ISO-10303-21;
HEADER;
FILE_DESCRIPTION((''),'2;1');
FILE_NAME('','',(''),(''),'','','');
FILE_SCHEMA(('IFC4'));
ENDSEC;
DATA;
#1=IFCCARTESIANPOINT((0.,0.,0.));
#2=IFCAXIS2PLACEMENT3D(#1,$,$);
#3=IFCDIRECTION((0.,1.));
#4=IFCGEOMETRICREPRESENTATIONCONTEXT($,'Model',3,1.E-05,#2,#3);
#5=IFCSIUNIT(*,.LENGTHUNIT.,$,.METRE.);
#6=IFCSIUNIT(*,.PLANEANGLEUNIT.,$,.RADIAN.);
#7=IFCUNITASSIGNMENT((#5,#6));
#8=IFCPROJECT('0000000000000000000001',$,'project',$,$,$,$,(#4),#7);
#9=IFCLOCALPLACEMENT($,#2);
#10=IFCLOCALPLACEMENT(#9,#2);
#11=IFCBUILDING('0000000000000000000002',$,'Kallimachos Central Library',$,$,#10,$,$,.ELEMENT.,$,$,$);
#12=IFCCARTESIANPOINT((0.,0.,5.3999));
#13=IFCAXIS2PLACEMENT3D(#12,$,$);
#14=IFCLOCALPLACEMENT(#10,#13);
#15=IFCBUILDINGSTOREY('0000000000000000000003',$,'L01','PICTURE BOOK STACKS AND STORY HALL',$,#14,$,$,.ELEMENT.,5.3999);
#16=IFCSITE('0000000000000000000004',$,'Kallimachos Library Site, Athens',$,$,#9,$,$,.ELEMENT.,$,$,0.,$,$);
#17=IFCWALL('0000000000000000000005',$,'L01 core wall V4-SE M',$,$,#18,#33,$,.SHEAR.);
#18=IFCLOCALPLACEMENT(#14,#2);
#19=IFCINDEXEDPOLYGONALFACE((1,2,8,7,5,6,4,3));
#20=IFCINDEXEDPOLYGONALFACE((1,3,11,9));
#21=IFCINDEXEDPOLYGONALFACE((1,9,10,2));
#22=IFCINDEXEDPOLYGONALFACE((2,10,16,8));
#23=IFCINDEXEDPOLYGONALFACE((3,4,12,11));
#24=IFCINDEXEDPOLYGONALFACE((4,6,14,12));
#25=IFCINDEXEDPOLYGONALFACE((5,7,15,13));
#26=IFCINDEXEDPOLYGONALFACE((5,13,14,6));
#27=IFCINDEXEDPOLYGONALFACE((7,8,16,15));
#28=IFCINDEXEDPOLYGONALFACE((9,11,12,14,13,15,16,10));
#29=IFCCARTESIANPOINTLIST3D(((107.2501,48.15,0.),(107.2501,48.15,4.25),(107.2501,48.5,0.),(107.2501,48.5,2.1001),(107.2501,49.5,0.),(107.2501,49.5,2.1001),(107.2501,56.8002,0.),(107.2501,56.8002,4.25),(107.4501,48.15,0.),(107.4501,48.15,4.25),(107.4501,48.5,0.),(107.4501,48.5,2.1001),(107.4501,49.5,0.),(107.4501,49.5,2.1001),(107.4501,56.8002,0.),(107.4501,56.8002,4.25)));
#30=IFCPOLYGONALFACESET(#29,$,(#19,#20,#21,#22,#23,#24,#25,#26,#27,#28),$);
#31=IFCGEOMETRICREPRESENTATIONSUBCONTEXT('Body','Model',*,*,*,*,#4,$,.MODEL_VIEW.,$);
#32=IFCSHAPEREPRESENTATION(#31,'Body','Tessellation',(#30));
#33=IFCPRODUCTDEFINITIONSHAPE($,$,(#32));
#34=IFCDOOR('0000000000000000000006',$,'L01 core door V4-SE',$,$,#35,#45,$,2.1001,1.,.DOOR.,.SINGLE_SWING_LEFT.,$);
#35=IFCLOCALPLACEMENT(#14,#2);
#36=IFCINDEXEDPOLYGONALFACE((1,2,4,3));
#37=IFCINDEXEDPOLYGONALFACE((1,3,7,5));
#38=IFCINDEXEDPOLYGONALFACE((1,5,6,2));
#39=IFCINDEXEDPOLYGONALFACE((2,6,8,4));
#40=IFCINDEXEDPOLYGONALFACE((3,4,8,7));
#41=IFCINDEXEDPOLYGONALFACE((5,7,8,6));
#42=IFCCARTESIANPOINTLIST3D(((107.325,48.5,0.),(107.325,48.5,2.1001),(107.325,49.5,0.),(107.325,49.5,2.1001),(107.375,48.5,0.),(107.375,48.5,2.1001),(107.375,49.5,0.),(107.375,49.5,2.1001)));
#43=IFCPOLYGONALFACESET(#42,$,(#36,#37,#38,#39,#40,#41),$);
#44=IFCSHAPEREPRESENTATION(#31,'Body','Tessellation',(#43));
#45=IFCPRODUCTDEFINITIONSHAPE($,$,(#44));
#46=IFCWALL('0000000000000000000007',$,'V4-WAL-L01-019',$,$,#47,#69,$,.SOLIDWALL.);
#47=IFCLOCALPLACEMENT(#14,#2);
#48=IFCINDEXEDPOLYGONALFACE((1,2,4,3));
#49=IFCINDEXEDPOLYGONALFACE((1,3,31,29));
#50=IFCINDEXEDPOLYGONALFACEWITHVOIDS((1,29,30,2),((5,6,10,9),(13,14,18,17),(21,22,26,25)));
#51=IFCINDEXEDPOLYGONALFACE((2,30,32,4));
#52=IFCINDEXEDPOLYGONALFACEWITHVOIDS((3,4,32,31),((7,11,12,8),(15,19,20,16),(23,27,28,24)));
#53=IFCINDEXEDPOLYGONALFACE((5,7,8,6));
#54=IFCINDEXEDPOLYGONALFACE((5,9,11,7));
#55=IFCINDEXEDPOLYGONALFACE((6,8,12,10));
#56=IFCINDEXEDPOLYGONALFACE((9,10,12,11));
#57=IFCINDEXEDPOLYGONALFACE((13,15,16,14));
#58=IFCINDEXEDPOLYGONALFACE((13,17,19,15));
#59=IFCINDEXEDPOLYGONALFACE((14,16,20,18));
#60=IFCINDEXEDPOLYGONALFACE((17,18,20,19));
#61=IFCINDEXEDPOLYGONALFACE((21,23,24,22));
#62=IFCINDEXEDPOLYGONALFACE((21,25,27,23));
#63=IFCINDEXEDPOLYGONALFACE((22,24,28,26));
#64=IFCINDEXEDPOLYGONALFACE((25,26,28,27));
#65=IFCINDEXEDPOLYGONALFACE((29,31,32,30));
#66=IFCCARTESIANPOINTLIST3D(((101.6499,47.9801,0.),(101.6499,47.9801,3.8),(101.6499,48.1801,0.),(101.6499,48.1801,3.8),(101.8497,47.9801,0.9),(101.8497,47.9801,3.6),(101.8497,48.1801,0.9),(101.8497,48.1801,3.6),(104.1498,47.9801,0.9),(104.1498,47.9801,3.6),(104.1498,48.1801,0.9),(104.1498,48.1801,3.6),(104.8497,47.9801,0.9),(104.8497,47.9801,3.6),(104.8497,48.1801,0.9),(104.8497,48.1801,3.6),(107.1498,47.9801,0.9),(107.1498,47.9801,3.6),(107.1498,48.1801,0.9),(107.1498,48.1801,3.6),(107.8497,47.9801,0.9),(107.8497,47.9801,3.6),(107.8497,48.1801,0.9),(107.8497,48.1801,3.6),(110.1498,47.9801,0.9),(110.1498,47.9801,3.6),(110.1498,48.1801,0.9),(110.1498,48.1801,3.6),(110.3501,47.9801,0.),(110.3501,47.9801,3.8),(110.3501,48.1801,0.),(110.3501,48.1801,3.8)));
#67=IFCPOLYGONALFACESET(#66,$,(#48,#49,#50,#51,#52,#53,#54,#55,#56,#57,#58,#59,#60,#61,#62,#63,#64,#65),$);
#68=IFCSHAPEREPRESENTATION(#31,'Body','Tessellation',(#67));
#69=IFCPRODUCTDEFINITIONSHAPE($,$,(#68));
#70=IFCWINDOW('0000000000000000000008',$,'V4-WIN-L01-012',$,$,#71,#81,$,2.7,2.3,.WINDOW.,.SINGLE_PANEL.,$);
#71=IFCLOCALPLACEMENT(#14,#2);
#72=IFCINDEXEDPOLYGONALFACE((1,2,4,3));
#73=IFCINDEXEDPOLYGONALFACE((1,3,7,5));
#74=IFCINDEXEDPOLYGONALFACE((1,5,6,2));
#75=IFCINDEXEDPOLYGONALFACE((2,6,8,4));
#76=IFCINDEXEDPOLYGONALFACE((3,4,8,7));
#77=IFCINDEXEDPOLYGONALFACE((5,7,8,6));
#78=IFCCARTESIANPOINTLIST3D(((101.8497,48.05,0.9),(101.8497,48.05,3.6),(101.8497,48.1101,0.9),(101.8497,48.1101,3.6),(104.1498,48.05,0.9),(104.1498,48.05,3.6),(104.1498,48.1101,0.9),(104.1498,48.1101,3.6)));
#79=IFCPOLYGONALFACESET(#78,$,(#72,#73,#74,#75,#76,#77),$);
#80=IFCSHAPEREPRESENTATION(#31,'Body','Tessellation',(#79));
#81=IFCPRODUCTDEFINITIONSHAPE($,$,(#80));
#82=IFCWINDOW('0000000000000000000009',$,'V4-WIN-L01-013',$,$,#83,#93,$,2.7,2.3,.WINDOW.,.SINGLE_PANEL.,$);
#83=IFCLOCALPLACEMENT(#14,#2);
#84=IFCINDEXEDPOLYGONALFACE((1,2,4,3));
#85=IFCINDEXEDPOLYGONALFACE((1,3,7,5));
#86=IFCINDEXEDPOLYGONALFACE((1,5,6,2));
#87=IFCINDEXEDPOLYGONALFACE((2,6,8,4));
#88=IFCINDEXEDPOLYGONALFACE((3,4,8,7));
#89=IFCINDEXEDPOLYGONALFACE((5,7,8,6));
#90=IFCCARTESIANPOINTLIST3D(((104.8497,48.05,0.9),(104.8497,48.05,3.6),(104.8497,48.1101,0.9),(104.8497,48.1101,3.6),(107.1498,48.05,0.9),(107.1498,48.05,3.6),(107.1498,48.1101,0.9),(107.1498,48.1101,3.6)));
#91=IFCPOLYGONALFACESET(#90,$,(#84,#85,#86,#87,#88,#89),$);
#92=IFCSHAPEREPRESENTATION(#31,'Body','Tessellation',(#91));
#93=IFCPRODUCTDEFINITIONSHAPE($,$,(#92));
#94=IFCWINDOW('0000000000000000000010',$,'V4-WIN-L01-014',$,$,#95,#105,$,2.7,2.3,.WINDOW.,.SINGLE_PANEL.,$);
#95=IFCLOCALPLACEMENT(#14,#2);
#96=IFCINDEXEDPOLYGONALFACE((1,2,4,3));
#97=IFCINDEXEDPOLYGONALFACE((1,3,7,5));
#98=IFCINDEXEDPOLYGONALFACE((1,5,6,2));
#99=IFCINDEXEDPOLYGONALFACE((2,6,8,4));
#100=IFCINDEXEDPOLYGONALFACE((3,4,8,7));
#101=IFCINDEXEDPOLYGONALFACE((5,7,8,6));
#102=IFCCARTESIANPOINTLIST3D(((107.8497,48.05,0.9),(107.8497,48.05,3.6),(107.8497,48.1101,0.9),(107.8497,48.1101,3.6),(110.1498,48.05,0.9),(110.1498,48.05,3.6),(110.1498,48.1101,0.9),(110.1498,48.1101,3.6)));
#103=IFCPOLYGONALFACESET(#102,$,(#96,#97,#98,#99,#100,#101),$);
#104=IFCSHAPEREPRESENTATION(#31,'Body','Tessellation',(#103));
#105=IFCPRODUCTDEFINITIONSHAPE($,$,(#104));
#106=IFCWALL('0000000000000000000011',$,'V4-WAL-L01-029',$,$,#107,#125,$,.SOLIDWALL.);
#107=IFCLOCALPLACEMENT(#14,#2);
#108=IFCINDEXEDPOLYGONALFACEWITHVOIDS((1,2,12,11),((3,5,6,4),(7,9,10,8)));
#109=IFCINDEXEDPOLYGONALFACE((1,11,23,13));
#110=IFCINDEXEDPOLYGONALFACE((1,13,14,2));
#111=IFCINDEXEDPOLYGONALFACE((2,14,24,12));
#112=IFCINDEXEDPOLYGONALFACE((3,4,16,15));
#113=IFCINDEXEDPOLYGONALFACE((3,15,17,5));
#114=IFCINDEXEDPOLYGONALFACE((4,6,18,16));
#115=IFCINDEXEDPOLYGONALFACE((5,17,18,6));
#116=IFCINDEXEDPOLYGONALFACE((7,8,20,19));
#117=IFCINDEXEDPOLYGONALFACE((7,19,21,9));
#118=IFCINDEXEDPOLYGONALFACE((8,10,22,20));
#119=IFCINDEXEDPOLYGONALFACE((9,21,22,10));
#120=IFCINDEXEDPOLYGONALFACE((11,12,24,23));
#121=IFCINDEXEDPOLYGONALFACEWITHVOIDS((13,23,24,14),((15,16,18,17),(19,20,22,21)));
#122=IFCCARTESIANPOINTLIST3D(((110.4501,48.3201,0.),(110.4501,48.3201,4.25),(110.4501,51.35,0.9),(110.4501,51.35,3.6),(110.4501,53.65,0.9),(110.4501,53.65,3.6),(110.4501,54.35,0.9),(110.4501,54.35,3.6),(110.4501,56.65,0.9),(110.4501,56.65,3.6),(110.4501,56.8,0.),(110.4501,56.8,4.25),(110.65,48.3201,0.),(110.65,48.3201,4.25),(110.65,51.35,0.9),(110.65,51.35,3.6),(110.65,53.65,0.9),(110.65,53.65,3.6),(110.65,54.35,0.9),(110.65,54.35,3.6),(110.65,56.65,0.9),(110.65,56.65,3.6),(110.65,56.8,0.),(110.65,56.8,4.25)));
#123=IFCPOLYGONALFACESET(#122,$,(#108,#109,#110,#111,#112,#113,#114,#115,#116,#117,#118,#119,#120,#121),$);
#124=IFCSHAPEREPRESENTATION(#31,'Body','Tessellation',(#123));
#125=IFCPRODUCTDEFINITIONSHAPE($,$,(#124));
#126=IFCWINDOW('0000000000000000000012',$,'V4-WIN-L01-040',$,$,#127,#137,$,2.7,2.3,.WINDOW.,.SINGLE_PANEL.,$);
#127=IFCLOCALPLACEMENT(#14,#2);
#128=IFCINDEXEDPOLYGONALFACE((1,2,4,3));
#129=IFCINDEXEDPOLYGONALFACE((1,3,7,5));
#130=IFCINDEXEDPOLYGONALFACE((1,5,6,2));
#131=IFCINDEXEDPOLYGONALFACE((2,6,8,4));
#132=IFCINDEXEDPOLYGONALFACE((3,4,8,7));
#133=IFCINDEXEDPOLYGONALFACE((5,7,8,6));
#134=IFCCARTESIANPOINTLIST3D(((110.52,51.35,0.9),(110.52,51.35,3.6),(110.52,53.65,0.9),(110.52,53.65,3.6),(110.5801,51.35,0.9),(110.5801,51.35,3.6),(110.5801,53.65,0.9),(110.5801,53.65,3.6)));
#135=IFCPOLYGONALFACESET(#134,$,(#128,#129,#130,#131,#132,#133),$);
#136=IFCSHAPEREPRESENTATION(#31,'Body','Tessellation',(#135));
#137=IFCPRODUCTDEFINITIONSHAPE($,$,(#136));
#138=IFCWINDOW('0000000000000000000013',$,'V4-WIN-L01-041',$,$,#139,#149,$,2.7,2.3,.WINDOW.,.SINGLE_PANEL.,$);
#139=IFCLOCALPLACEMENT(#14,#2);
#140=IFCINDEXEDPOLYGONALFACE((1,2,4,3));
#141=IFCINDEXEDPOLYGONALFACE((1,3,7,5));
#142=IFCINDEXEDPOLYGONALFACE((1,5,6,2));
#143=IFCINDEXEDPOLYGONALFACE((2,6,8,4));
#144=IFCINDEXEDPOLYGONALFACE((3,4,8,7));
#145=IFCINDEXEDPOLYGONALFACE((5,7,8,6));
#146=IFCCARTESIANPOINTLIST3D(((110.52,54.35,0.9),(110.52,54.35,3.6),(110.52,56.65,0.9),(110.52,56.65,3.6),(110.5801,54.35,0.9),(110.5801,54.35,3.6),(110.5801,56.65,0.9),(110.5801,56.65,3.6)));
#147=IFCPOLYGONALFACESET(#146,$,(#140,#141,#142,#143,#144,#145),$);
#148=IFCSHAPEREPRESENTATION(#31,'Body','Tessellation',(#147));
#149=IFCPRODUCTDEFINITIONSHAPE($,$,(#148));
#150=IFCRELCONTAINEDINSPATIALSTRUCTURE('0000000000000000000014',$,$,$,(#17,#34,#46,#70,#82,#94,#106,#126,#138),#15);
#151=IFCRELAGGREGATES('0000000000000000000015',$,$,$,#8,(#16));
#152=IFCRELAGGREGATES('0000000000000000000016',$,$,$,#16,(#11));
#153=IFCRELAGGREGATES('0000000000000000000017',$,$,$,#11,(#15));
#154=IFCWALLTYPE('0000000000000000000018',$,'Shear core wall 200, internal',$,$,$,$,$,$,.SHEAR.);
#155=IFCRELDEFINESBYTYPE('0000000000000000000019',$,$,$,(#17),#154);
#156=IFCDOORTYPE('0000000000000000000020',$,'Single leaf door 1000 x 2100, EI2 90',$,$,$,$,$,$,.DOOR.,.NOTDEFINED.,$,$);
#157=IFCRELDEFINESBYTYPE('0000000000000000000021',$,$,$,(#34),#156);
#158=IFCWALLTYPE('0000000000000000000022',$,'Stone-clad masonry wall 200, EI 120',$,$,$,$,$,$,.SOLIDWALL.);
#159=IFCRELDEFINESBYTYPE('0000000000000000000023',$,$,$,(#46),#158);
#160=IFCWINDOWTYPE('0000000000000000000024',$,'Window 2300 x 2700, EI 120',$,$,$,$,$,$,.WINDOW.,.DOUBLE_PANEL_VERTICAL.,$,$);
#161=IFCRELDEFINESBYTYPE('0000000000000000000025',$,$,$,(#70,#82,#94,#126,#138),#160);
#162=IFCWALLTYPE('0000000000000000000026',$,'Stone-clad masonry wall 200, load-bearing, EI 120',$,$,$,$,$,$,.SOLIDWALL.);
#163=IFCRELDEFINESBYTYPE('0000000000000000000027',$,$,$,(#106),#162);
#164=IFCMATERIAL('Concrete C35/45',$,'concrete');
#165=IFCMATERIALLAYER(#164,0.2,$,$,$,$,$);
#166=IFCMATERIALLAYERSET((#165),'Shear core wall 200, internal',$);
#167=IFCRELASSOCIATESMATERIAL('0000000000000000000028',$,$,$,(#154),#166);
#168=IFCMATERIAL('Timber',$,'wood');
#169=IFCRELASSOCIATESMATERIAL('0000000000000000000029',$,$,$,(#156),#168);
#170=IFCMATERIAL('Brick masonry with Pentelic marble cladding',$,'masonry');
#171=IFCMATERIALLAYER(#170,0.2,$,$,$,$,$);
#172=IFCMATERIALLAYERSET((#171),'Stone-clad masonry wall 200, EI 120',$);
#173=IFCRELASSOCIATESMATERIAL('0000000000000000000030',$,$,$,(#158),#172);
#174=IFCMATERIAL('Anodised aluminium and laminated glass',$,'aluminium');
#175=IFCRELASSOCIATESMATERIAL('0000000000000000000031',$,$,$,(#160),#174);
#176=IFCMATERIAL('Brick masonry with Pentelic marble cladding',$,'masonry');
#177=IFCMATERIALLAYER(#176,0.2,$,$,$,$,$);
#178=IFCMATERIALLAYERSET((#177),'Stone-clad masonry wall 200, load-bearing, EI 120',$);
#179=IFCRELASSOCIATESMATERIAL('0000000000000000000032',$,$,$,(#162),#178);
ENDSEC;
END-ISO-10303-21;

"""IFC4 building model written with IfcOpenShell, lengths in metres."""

from ifc_helpers import new_model, si_unit, direction, frame, frame_2d, origin, place, context, subcontext, project, spatial, rectangle, extrude, material, layer, layer_set, type_object, element, fill, save


model = new_model("IFC4")

# Units and contexts
model_context = context("Model", 3, precision=1e-05, world=origin(), true_north=direction((0.0, 1.0)))
body_context = subcontext(model_context, "Body", "Model", "MODEL_VIEW")
ifc_project = project(units=[si_unit("LENGTHUNIT", "METRE"), si_unit("PLANEANGLEUNIT", "RADIAN")], contexts=[model_context])

# Site, building, storey
site_placement = place(None, origin())
site = spatial("IfcSite", under=ifc_project, at=site_placement, Name="Kallimachos Library Site, Athens", CompositionType="ELEMENT", RefElevation=0.0)
building_placement = place(site_placement, origin())
building = spatial("IfcBuilding", under=site, at=building_placement, Name="Kallimachos Central Library", CompositionType="ELEMENT")
storey_placement = place(building_placement, frame((0.0, 0.0, 5.3999)))
storey = spatial("IfcBuildingStorey", under=building, at=storey_placement, Name="L01", Description="PICTURE BOOK STACKS AND STORY HALL", CompositionType="ELEMENT", Elevation=5.3999)

# Wall, opening, door
ifc_material_1 = material(Name="Concrete C35/45", Category="concrete")
ifc_layer_1 = layer(ifc_material_1, 0.2)
ifc_layer_set_1 = layer_set([ifc_layer_1], Name="Shear core wall 200, internal")
wall_type_1 = type_object("IfcWallType", Name="Shear core wall 200, internal", PredefinedType="SHEAR", material=ifc_layer_set_1)
ifc_material_2 = material(Name="Timber", Category="wood")
door_type = type_object("IfcDoorType", Name="Single leaf door 1000 x 2100, EI2 90", OperationType="NOTDEFINED", PredefinedType="DOOR", material=ifc_material_2)
wall_1_placement = place(storey_placement, frame((107.3501, 48.1499, 0.0), z_axis=(0.0, 0.0, 1.0), x_axis=(0.0, 1.0, 0.0)))
wall_1 = element("IfcWall", 1, at=wall_1_placement, inside=storey, type_object=wall_type_1, Name="L01 core wall V4-SE M", PredefinedType="SHEAR", context=body_context, shape_type="SweptSolid", body=[
    extrude(rectangle(XDim=8.6501, YDim=0.2, at=frame_2d((4.3252, 0.0))), origin(), (0.0, 0.0, 1.0), 4.25),
])
opening_1_placement = place(wall_1_placement, frame((0.3501, 0.0, 0.0)))
opening_1 = element("IfcOpeningElement", 2, at=opening_1_placement, cuts=wall_1, PredefinedType="OPENING", context=body_context, shape_type="SweptSolid", body=[
    extrude(rectangle(XDim=1.0, YDim=2.1001, at=frame_2d((0.5, 1.05))), frame((0.0, 0.1099, 0.0), z_axis=(0.0, -1.0, 0.0), x_axis=(1.0, 0.0, 0.0)), (0.0, 0.0, 1.0), 0.22),
])
door_1_placement = place(opening_1_placement, frame((1.0, 0.0, 0.0), z_axis=(0.0, 0.0, 1.0), x_axis=(-1.0, 0.0, 0.0)))
door_1 = element("IfcDoor", 3, at=door_1_placement, inside=storey, type_object=door_type, Name="L01 core door V4-SE", OperationType="SINGLE_SWING_LEFT", OverallHeight=2.1001, OverallWidth=1.0, PredefinedType="DOOR", context=body_context, shape_type="SweptSolid", body=[
    extrude(rectangle(XDim=1.0, YDim=2.1001, at=frame_2d((0.5, 1.05))), frame((0.0, 0.0249, 0.0), z_axis=(0.0, -1.0, 0.0), x_axis=(1.0, 0.0, 0.0)), (0.0, 0.0, 1.0), 0.05),
])
fill(opening_1, door_1)

# Walls, openings, windows
ifc_material_3 = material(Name="Brick masonry with Pentelic marble cladding", Category="masonry")
ifc_layer_2 = layer(ifc_material_3, 0.2)
ifc_layer_set_2 = layer_set([ifc_layer_2], Name="Stone-clad masonry wall 200, EI 120")
wall_type_2 = type_object("IfcWallType", Name="Stone-clad masonry wall 200, EI 120", PredefinedType="SOLIDWALL", material=ifc_layer_set_2)
wall_2_placement = place(storey_placement, frame((101.6499, 48.0801, 0.0), z_axis=(0.0, 0.0, 1.0), x_axis=(1.0, 0.0, 0.0)))
wall_2 = element("IfcWall", 4, at=wall_2_placement, inside=storey, type_object=wall_type_2, Name="V4-WAL-L01-019", PredefinedType="SOLIDWALL", context=body_context, shape_type="SweptSolid", body=[
    extrude(rectangle(XDim=8.7002, YDim=0.2, at=frame_2d((4.3501, 0.0))), origin(), (0.0, 0.0, 1.0), 3.8),
])
opening_2_placement = place(wall_2_placement, frame((0.2, 0.0, 0.8999)))
opening_2 = element("IfcOpeningElement", 5, at=opening_2_placement, cuts=wall_2, PredefinedType="OPENING", context=body_context, shape_type="SweptSolid", body=[
    extrude(rectangle(XDim=2.3, YDim=2.7, at=frame_2d((1.1499, 1.3501))), frame((0.0, 0.1099, 0.0), z_axis=(0.0, -1.0, 0.0), x_axis=(1.0, 0.0, 0.0)), (0.0, 0.0, 1.0), 0.22),
])
opening_3_placement = place(wall_2_placement, frame((3.2, 0.0, 0.8999)))
opening_3 = element("IfcOpeningElement", 6, at=opening_3_placement, cuts=wall_2, PredefinedType="OPENING", context=body_context, shape_type="SweptSolid", body=[
    extrude(rectangle(XDim=2.3, YDim=2.7, at=frame_2d((1.1499, 1.3501))), frame((0.0, 0.1099, 0.0), z_axis=(0.0, -1.0, 0.0), x_axis=(1.0, 0.0, 0.0)), (0.0, 0.0, 1.0), 0.22),
])
opening_4_placement = place(wall_2_placement, frame((6.2, 0.0, 0.8999)))
opening_4 = element("IfcOpeningElement", 7, at=opening_4_placement, cuts=wall_2, PredefinedType="OPENING", context=body_context, shape_type="SweptSolid", body=[
    extrude(rectangle(XDim=2.3, YDim=2.7, at=frame_2d((1.1499, 1.3501))), frame((0.0, 0.1099, 0.0), z_axis=(0.0, -1.0, 0.0), x_axis=(1.0, 0.0, 0.0)), (0.0, 0.0, 1.0), 0.22),
])
ifc_material_4 = material(Name="Anodised aluminium and laminated glass", Category="aluminium")
window_type = type_object("IfcWindowType", Name="Window 2300 x 2700, EI 120", PartitioningType="DOUBLE_PANEL_VERTICAL", PredefinedType="WINDOW", material=ifc_material_4)
window_1_placement = place(opening_2_placement, origin())
window_1 = element("IfcWindow", 8, at=window_1_placement, inside=storey, type_object=window_type, Name="V4-WIN-L01-012", OverallHeight=2.7, OverallWidth=2.3, PartitioningType="SINGLE_PANEL", PredefinedType="WINDOW", context=body_context, shape_type="SweptSolid", body=[
    extrude(rectangle(XDim=2.3, YDim=2.7, at=frame_2d((1.1499, 1.3501))), frame((0.0, 0.03, 0.0), z_axis=(0.0, -1.0, 0.0), x_axis=(1.0, 0.0, 0.0)), (0.0, 0.0, 1.0), 0.0601),
])
fill(opening_2, window_1)
window_2_placement = place(opening_3_placement, origin())
window_2 = element("IfcWindow", 9, at=window_2_placement, inside=storey, type_object=window_type, Name="V4-WIN-L01-013", OverallHeight=2.7, OverallWidth=2.3, PartitioningType="SINGLE_PANEL", PredefinedType="WINDOW", context=body_context, shape_type="SweptSolid", body=[
    extrude(rectangle(XDim=2.3, YDim=2.7, at=frame_2d((1.1499, 1.3501))), frame((0.0, 0.03, 0.0), z_axis=(0.0, -1.0, 0.0), x_axis=(1.0, 0.0, 0.0)), (0.0, 0.0, 1.0), 0.0601),
])
fill(opening_3, window_2)
window_3_placement = place(opening_4_placement, origin())
window_3 = element("IfcWindow", 10, at=window_3_placement, inside=storey, type_object=window_type, Name="V4-WIN-L01-014", OverallHeight=2.7, OverallWidth=2.3, PartitioningType="SINGLE_PANEL", PredefinedType="WINDOW", context=body_context, shape_type="SweptSolid", body=[
    extrude(rectangle(XDim=2.3, YDim=2.7, at=frame_2d((1.1499, 1.3501))), frame((0.0, 0.03, 0.0), z_axis=(0.0, -1.0, 0.0), x_axis=(1.0, 0.0, 0.0)), (0.0, 0.0, 1.0), 0.0601),
])
fill(opening_4, window_3)
ifc_material_5 = material(Name="Brick masonry with Pentelic marble cladding", Category="masonry")
ifc_layer_3 = layer(ifc_material_5, 0.2)
ifc_layer_set_3 = layer_set([ifc_layer_3], Name="Stone-clad masonry wall 200, load-bearing, EI 120")
wall_type_3 = type_object("IfcWallType", Name="Stone-clad masonry wall 200, load-bearing, EI 120", PredefinedType="SOLIDWALL", material=ifc_layer_set_3)
wall_3_placement = place(storey_placement, frame((110.55, 48.3201, 0.0), z_axis=(0.0, 0.0, 1.0), x_axis=(0.0, 1.0, 0.0)))
wall_3 = element("IfcWall", 11, at=wall_3_placement, inside=storey, type_object=wall_type_3, Name="V4-WAL-L01-029", PredefinedType="SOLIDWALL", context=body_context, shape_type="SweptSolid", body=[
    extrude(rectangle(XDim=8.48, YDim=0.2, at=frame_2d((4.24, 0.0))), origin(), (0.0, 0.0, 1.0), 4.25),
])
opening_5_placement = place(wall_3_placement, frame((3.03, 0.0, 0.8999)))
opening_5 = element("IfcOpeningElement", 12, at=opening_5_placement, cuts=wall_3, PredefinedType="OPENING", context=body_context, shape_type="SweptSolid", body=[
    extrude(rectangle(XDim=2.3, YDim=2.7, at=frame_2d((1.1499, 1.3501))), frame((0.0, 0.1099, 0.0), z_axis=(0.0, -1.0, 0.0), x_axis=(1.0, 0.0, 0.0)), (0.0, 0.0, 1.0), 0.22),
])
opening_6_placement = place(wall_3_placement, frame((6.03, 0.0, 0.8999)))
opening_6 = element("IfcOpeningElement", 13, at=opening_6_placement, cuts=wall_3, PredefinedType="OPENING", context=body_context, shape_type="SweptSolid", body=[
    extrude(rectangle(XDim=2.3, YDim=2.7, at=frame_2d((1.1499, 1.3501))), frame((0.0, 0.1099, 0.0), z_axis=(0.0, -1.0, 0.0), x_axis=(1.0, 0.0, 0.0)), (0.0, 0.0, 1.0), 0.22),
])
window_4_placement = place(opening_5_placement, origin())
window_4 = element("IfcWindow", 14, at=window_4_placement, inside=storey, type_object=window_type, Name="V4-WIN-L01-040", OverallHeight=2.7, OverallWidth=2.3, PartitioningType="SINGLE_PANEL", PredefinedType="WINDOW", context=body_context, shape_type="SweptSolid", body=[
    extrude(rectangle(XDim=2.3, YDim=2.7, at=frame_2d((1.1499, 1.3501))), frame((0.0, 0.03, 0.0), z_axis=(0.0, -1.0, 0.0), x_axis=(1.0, 0.0, 0.0)), (0.0, 0.0, 1.0), 0.0601),
])
fill(opening_5, window_4)
window_5_placement = place(opening_6_placement, origin())
window_5 = element("IfcWindow", 15, at=window_5_placement, inside=storey, type_object=window_type, Name="V4-WIN-L01-041", OverallHeight=2.7, OverallWidth=2.3, PartitioningType="SINGLE_PANEL", PredefinedType="WINDOW", context=body_context, shape_type="SweptSolid", body=[
    extrude(rectangle(XDim=2.3, YDim=2.7, at=frame_2d((1.1499, 1.3501))), frame((0.0, 0.03, 0.0), z_axis=(0.0, -1.0, 0.0), x_axis=(1.0, 0.0, 0.0)), (0.0, 0.0, 1.0), 0.0601),
])
fill(opening_6, window_5)

save(model, "model.ifc")
